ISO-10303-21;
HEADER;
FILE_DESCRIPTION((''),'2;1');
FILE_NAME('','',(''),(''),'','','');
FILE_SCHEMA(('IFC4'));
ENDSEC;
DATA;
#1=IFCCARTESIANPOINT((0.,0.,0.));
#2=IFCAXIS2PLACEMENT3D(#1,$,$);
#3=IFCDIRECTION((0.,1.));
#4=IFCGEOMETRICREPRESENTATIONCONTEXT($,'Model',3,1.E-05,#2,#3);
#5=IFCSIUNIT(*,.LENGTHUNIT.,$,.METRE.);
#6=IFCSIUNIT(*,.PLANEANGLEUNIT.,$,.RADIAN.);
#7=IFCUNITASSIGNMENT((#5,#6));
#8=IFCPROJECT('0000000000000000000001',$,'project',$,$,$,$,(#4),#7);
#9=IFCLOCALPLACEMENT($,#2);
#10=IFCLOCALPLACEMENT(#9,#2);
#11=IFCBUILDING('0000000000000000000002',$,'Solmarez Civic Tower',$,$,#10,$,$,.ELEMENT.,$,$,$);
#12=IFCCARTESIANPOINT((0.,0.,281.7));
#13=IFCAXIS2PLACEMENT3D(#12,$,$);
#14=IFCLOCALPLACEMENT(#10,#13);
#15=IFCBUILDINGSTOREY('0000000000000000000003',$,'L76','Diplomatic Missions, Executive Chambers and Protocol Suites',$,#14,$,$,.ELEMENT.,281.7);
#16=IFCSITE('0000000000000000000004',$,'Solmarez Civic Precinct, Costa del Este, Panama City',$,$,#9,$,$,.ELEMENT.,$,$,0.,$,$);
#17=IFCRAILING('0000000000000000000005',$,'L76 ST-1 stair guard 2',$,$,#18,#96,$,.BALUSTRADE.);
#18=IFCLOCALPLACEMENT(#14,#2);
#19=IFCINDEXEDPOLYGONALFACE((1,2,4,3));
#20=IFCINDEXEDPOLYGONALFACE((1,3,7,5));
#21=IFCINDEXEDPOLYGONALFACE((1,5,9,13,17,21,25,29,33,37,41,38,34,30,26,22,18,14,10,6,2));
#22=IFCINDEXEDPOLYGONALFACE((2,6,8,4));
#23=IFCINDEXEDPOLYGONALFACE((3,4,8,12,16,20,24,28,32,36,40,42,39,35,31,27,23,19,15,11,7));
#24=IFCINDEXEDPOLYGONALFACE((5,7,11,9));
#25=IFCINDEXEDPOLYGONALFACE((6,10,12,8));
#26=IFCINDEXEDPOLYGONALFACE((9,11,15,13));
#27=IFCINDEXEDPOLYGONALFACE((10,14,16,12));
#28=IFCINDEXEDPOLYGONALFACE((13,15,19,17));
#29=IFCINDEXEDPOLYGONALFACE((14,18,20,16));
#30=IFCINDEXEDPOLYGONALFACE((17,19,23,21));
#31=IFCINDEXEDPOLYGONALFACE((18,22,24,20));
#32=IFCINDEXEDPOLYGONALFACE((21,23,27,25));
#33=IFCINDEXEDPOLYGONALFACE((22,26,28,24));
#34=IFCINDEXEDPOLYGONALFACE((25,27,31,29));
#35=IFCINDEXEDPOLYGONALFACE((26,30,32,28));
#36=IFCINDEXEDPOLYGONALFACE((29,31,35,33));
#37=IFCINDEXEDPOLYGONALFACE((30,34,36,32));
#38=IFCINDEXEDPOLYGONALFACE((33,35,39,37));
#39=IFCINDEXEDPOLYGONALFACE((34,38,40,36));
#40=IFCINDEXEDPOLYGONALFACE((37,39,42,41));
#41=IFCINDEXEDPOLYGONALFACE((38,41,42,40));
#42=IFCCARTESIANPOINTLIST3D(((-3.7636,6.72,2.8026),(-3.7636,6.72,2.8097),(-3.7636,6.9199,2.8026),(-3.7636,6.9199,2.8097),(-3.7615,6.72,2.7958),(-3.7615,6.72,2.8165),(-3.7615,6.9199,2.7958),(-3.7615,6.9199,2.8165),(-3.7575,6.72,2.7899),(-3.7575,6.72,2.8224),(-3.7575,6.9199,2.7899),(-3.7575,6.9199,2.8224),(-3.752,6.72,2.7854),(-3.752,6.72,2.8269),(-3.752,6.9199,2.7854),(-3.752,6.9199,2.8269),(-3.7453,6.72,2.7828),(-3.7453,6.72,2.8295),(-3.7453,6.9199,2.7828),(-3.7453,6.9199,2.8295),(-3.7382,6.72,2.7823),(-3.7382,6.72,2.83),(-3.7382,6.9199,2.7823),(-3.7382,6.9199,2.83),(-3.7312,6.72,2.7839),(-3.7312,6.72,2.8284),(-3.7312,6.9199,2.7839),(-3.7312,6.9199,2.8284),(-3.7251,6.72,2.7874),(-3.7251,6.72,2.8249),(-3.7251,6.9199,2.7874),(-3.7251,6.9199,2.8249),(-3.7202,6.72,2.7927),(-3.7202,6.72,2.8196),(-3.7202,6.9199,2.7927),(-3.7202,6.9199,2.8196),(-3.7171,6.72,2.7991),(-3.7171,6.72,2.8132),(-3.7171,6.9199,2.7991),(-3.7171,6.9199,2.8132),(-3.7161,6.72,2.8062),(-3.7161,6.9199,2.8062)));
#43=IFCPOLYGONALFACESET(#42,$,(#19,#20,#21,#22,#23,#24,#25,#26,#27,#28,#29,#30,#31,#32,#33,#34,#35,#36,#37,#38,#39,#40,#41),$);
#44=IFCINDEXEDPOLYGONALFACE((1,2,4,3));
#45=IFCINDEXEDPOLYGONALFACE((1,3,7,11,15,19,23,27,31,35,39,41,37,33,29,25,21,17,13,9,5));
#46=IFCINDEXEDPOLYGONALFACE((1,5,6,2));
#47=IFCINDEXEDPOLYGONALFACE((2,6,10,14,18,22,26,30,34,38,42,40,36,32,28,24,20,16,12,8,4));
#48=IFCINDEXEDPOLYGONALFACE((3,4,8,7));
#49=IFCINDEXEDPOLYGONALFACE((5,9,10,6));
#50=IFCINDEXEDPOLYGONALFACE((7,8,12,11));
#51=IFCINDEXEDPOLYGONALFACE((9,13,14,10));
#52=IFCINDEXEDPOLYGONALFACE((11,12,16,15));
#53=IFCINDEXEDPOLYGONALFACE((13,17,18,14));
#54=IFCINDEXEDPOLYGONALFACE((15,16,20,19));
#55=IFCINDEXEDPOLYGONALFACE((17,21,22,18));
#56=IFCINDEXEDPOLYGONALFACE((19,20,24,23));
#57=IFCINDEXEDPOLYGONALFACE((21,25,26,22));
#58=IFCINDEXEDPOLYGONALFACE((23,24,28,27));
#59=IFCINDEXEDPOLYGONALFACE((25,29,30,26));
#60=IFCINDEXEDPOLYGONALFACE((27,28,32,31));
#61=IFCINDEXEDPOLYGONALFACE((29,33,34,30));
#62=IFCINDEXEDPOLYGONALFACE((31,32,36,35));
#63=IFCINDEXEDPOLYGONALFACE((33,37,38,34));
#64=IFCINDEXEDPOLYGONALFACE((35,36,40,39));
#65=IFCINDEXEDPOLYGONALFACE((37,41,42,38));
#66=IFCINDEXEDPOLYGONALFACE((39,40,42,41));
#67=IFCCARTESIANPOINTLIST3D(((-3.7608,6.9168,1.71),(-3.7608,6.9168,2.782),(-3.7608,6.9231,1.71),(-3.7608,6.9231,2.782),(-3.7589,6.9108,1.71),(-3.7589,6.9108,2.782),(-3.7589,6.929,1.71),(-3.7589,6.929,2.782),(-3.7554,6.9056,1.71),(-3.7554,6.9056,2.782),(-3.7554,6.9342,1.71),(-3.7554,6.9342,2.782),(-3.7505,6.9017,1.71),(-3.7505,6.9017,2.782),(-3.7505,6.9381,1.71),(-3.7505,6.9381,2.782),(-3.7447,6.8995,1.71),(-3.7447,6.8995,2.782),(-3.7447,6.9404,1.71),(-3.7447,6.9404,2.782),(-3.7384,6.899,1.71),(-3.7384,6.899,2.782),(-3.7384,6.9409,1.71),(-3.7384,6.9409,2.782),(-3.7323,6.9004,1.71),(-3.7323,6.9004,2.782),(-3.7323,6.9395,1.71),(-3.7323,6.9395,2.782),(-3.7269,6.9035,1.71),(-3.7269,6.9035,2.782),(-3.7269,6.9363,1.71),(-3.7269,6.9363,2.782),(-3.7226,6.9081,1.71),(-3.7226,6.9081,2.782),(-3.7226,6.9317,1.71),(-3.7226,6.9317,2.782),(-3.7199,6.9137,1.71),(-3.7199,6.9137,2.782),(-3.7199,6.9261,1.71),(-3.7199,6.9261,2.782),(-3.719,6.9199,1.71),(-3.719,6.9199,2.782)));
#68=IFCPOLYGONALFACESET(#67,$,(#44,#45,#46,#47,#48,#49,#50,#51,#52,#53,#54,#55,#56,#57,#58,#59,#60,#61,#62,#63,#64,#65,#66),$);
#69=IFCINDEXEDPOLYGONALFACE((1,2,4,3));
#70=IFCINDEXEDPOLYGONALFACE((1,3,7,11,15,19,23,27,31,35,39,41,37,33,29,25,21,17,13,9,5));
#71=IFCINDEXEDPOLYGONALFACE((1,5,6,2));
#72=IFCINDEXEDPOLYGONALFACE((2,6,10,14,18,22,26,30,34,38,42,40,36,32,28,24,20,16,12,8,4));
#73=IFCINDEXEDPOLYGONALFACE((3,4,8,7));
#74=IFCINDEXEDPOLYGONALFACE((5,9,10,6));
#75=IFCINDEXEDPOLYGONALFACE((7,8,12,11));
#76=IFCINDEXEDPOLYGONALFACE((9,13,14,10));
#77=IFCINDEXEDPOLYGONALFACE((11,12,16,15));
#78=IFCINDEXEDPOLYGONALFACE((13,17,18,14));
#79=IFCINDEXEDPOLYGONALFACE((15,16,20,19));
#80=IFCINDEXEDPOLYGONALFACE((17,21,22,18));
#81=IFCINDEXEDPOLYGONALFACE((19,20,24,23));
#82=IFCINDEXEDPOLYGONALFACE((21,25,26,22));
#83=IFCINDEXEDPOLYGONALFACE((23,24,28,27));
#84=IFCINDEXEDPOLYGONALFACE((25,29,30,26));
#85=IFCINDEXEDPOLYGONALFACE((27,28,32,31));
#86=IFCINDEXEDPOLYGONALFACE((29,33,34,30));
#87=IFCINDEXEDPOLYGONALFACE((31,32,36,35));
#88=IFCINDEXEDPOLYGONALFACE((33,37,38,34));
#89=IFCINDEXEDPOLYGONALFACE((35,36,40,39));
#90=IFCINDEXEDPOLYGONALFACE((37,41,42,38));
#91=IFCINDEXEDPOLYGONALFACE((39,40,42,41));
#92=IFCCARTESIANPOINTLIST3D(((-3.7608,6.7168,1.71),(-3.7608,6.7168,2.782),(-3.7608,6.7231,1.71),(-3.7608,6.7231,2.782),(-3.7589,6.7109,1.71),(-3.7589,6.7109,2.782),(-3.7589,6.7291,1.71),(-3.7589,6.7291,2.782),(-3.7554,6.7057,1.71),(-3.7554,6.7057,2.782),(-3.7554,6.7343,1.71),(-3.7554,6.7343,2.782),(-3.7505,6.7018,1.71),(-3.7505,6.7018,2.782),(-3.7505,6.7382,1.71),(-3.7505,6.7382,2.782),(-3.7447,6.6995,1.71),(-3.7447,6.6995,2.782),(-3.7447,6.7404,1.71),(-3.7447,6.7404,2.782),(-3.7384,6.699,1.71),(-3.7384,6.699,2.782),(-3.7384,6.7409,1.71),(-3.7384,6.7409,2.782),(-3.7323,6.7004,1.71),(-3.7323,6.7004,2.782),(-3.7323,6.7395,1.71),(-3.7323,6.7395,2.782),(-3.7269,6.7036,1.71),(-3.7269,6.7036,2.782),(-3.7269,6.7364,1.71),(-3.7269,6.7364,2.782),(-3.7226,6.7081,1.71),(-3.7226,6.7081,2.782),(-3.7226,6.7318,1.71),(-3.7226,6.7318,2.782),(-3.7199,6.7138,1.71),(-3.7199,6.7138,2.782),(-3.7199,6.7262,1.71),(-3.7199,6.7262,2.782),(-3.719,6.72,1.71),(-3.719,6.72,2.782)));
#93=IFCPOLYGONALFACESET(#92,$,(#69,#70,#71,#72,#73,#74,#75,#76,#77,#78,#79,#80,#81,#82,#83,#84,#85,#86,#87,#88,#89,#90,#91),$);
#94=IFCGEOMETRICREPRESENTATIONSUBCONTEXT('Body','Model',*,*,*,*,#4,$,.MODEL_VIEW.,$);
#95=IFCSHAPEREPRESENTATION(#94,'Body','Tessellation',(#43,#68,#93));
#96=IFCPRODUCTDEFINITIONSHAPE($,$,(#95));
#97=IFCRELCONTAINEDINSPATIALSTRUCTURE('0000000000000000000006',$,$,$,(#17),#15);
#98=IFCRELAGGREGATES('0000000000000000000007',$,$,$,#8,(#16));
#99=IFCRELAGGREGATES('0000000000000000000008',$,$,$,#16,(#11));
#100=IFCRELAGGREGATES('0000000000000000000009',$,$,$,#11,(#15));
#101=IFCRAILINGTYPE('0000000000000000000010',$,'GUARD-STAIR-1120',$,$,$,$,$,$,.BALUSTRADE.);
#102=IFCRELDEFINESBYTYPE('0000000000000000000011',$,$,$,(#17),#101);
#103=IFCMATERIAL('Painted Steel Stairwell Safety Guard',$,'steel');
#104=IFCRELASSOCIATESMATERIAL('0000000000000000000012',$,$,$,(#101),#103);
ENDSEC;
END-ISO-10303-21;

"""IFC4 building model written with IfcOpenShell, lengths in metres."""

from ifc_helpers import new_model, si_unit, direction, frame, origin, origin_2d, place, context, subcontext, project, spatial, circle, extrude, material, type_object, element, save


model = new_model("IFC4")

# Units and contexts
model_context = context("Model", 3, precision=1e-05, world=origin(), true_north=direction((0.0, 1.0)))
body_context = subcontext(model_context, "Body", "Model", "MODEL_VIEW")
ifc_project = project(units=[si_unit("LENGTHUNIT", "METRE"), si_unit("PLANEANGLEUNIT", "RADIAN")], contexts=[model_context])

# Site, building, storey
site_placement = place(None, origin())
site = spatial("IfcSite", under=ifc_project, at=site_placement, Name="Solmarez Civic Precinct, Costa del Este, Panama City", CompositionType="ELEMENT", RefElevation=0.0)
building_placement = place(site_placement, origin())
building = spatial("IfcBuilding", under=site, at=building_placement, Name="Solmarez Civic Tower", CompositionType="ELEMENT")
storey_placement = place(building_placement, frame((0.0, 0.0, 281.7)))
storey = spatial("IfcBuildingStorey", under=building, at=storey_placement, Name="L76", Description="Diplomatic Missions, Executive Chambers and Protocol Suites", CompositionType="ELEMENT", Elevation=281.7)

# Railing
ifc_material_1 = material(Name="Painted Steel Stairwell Safety Guard", Category="steel")
railing_type_1 = type_object("IfcRailingType", Name="GUARD-STAIR-1120", PredefinedType="BALUSTRADE", material=ifc_material_1)
railing_1_placement = place(storey_placement, frame((-3.74, 6.9199, 1.71)))
element("IfcRailing", 1, at=railing_1_placement, inside=storey, type_object=railing_type_1, Name="L76 ST-1 stair guard 2", PredefinedType="BALUSTRADE", context=body_context, shape_type="SweptSolid", body=[
    extrude(circle(Radius=0.0239, at=origin_2d()), frame((0.0, 0.0, 1.0962), z_axis=(0.0, -1.0, 0.0), x_axis=(1.0, 0.0, 0.0)), (0.0, 0.0, 1.0), 0.2),
    extrude(circle(Radius=0.021, at=origin_2d()), origin(), (0.0, 0.0, 1.0), 1.072),
    extrude(circle(Radius=0.021, at=origin_2d()), frame((0.0, -0.2, 0.0)), (0.0, 0.0, 1.0), 1.072),
])

save(model, "model.ifc")
